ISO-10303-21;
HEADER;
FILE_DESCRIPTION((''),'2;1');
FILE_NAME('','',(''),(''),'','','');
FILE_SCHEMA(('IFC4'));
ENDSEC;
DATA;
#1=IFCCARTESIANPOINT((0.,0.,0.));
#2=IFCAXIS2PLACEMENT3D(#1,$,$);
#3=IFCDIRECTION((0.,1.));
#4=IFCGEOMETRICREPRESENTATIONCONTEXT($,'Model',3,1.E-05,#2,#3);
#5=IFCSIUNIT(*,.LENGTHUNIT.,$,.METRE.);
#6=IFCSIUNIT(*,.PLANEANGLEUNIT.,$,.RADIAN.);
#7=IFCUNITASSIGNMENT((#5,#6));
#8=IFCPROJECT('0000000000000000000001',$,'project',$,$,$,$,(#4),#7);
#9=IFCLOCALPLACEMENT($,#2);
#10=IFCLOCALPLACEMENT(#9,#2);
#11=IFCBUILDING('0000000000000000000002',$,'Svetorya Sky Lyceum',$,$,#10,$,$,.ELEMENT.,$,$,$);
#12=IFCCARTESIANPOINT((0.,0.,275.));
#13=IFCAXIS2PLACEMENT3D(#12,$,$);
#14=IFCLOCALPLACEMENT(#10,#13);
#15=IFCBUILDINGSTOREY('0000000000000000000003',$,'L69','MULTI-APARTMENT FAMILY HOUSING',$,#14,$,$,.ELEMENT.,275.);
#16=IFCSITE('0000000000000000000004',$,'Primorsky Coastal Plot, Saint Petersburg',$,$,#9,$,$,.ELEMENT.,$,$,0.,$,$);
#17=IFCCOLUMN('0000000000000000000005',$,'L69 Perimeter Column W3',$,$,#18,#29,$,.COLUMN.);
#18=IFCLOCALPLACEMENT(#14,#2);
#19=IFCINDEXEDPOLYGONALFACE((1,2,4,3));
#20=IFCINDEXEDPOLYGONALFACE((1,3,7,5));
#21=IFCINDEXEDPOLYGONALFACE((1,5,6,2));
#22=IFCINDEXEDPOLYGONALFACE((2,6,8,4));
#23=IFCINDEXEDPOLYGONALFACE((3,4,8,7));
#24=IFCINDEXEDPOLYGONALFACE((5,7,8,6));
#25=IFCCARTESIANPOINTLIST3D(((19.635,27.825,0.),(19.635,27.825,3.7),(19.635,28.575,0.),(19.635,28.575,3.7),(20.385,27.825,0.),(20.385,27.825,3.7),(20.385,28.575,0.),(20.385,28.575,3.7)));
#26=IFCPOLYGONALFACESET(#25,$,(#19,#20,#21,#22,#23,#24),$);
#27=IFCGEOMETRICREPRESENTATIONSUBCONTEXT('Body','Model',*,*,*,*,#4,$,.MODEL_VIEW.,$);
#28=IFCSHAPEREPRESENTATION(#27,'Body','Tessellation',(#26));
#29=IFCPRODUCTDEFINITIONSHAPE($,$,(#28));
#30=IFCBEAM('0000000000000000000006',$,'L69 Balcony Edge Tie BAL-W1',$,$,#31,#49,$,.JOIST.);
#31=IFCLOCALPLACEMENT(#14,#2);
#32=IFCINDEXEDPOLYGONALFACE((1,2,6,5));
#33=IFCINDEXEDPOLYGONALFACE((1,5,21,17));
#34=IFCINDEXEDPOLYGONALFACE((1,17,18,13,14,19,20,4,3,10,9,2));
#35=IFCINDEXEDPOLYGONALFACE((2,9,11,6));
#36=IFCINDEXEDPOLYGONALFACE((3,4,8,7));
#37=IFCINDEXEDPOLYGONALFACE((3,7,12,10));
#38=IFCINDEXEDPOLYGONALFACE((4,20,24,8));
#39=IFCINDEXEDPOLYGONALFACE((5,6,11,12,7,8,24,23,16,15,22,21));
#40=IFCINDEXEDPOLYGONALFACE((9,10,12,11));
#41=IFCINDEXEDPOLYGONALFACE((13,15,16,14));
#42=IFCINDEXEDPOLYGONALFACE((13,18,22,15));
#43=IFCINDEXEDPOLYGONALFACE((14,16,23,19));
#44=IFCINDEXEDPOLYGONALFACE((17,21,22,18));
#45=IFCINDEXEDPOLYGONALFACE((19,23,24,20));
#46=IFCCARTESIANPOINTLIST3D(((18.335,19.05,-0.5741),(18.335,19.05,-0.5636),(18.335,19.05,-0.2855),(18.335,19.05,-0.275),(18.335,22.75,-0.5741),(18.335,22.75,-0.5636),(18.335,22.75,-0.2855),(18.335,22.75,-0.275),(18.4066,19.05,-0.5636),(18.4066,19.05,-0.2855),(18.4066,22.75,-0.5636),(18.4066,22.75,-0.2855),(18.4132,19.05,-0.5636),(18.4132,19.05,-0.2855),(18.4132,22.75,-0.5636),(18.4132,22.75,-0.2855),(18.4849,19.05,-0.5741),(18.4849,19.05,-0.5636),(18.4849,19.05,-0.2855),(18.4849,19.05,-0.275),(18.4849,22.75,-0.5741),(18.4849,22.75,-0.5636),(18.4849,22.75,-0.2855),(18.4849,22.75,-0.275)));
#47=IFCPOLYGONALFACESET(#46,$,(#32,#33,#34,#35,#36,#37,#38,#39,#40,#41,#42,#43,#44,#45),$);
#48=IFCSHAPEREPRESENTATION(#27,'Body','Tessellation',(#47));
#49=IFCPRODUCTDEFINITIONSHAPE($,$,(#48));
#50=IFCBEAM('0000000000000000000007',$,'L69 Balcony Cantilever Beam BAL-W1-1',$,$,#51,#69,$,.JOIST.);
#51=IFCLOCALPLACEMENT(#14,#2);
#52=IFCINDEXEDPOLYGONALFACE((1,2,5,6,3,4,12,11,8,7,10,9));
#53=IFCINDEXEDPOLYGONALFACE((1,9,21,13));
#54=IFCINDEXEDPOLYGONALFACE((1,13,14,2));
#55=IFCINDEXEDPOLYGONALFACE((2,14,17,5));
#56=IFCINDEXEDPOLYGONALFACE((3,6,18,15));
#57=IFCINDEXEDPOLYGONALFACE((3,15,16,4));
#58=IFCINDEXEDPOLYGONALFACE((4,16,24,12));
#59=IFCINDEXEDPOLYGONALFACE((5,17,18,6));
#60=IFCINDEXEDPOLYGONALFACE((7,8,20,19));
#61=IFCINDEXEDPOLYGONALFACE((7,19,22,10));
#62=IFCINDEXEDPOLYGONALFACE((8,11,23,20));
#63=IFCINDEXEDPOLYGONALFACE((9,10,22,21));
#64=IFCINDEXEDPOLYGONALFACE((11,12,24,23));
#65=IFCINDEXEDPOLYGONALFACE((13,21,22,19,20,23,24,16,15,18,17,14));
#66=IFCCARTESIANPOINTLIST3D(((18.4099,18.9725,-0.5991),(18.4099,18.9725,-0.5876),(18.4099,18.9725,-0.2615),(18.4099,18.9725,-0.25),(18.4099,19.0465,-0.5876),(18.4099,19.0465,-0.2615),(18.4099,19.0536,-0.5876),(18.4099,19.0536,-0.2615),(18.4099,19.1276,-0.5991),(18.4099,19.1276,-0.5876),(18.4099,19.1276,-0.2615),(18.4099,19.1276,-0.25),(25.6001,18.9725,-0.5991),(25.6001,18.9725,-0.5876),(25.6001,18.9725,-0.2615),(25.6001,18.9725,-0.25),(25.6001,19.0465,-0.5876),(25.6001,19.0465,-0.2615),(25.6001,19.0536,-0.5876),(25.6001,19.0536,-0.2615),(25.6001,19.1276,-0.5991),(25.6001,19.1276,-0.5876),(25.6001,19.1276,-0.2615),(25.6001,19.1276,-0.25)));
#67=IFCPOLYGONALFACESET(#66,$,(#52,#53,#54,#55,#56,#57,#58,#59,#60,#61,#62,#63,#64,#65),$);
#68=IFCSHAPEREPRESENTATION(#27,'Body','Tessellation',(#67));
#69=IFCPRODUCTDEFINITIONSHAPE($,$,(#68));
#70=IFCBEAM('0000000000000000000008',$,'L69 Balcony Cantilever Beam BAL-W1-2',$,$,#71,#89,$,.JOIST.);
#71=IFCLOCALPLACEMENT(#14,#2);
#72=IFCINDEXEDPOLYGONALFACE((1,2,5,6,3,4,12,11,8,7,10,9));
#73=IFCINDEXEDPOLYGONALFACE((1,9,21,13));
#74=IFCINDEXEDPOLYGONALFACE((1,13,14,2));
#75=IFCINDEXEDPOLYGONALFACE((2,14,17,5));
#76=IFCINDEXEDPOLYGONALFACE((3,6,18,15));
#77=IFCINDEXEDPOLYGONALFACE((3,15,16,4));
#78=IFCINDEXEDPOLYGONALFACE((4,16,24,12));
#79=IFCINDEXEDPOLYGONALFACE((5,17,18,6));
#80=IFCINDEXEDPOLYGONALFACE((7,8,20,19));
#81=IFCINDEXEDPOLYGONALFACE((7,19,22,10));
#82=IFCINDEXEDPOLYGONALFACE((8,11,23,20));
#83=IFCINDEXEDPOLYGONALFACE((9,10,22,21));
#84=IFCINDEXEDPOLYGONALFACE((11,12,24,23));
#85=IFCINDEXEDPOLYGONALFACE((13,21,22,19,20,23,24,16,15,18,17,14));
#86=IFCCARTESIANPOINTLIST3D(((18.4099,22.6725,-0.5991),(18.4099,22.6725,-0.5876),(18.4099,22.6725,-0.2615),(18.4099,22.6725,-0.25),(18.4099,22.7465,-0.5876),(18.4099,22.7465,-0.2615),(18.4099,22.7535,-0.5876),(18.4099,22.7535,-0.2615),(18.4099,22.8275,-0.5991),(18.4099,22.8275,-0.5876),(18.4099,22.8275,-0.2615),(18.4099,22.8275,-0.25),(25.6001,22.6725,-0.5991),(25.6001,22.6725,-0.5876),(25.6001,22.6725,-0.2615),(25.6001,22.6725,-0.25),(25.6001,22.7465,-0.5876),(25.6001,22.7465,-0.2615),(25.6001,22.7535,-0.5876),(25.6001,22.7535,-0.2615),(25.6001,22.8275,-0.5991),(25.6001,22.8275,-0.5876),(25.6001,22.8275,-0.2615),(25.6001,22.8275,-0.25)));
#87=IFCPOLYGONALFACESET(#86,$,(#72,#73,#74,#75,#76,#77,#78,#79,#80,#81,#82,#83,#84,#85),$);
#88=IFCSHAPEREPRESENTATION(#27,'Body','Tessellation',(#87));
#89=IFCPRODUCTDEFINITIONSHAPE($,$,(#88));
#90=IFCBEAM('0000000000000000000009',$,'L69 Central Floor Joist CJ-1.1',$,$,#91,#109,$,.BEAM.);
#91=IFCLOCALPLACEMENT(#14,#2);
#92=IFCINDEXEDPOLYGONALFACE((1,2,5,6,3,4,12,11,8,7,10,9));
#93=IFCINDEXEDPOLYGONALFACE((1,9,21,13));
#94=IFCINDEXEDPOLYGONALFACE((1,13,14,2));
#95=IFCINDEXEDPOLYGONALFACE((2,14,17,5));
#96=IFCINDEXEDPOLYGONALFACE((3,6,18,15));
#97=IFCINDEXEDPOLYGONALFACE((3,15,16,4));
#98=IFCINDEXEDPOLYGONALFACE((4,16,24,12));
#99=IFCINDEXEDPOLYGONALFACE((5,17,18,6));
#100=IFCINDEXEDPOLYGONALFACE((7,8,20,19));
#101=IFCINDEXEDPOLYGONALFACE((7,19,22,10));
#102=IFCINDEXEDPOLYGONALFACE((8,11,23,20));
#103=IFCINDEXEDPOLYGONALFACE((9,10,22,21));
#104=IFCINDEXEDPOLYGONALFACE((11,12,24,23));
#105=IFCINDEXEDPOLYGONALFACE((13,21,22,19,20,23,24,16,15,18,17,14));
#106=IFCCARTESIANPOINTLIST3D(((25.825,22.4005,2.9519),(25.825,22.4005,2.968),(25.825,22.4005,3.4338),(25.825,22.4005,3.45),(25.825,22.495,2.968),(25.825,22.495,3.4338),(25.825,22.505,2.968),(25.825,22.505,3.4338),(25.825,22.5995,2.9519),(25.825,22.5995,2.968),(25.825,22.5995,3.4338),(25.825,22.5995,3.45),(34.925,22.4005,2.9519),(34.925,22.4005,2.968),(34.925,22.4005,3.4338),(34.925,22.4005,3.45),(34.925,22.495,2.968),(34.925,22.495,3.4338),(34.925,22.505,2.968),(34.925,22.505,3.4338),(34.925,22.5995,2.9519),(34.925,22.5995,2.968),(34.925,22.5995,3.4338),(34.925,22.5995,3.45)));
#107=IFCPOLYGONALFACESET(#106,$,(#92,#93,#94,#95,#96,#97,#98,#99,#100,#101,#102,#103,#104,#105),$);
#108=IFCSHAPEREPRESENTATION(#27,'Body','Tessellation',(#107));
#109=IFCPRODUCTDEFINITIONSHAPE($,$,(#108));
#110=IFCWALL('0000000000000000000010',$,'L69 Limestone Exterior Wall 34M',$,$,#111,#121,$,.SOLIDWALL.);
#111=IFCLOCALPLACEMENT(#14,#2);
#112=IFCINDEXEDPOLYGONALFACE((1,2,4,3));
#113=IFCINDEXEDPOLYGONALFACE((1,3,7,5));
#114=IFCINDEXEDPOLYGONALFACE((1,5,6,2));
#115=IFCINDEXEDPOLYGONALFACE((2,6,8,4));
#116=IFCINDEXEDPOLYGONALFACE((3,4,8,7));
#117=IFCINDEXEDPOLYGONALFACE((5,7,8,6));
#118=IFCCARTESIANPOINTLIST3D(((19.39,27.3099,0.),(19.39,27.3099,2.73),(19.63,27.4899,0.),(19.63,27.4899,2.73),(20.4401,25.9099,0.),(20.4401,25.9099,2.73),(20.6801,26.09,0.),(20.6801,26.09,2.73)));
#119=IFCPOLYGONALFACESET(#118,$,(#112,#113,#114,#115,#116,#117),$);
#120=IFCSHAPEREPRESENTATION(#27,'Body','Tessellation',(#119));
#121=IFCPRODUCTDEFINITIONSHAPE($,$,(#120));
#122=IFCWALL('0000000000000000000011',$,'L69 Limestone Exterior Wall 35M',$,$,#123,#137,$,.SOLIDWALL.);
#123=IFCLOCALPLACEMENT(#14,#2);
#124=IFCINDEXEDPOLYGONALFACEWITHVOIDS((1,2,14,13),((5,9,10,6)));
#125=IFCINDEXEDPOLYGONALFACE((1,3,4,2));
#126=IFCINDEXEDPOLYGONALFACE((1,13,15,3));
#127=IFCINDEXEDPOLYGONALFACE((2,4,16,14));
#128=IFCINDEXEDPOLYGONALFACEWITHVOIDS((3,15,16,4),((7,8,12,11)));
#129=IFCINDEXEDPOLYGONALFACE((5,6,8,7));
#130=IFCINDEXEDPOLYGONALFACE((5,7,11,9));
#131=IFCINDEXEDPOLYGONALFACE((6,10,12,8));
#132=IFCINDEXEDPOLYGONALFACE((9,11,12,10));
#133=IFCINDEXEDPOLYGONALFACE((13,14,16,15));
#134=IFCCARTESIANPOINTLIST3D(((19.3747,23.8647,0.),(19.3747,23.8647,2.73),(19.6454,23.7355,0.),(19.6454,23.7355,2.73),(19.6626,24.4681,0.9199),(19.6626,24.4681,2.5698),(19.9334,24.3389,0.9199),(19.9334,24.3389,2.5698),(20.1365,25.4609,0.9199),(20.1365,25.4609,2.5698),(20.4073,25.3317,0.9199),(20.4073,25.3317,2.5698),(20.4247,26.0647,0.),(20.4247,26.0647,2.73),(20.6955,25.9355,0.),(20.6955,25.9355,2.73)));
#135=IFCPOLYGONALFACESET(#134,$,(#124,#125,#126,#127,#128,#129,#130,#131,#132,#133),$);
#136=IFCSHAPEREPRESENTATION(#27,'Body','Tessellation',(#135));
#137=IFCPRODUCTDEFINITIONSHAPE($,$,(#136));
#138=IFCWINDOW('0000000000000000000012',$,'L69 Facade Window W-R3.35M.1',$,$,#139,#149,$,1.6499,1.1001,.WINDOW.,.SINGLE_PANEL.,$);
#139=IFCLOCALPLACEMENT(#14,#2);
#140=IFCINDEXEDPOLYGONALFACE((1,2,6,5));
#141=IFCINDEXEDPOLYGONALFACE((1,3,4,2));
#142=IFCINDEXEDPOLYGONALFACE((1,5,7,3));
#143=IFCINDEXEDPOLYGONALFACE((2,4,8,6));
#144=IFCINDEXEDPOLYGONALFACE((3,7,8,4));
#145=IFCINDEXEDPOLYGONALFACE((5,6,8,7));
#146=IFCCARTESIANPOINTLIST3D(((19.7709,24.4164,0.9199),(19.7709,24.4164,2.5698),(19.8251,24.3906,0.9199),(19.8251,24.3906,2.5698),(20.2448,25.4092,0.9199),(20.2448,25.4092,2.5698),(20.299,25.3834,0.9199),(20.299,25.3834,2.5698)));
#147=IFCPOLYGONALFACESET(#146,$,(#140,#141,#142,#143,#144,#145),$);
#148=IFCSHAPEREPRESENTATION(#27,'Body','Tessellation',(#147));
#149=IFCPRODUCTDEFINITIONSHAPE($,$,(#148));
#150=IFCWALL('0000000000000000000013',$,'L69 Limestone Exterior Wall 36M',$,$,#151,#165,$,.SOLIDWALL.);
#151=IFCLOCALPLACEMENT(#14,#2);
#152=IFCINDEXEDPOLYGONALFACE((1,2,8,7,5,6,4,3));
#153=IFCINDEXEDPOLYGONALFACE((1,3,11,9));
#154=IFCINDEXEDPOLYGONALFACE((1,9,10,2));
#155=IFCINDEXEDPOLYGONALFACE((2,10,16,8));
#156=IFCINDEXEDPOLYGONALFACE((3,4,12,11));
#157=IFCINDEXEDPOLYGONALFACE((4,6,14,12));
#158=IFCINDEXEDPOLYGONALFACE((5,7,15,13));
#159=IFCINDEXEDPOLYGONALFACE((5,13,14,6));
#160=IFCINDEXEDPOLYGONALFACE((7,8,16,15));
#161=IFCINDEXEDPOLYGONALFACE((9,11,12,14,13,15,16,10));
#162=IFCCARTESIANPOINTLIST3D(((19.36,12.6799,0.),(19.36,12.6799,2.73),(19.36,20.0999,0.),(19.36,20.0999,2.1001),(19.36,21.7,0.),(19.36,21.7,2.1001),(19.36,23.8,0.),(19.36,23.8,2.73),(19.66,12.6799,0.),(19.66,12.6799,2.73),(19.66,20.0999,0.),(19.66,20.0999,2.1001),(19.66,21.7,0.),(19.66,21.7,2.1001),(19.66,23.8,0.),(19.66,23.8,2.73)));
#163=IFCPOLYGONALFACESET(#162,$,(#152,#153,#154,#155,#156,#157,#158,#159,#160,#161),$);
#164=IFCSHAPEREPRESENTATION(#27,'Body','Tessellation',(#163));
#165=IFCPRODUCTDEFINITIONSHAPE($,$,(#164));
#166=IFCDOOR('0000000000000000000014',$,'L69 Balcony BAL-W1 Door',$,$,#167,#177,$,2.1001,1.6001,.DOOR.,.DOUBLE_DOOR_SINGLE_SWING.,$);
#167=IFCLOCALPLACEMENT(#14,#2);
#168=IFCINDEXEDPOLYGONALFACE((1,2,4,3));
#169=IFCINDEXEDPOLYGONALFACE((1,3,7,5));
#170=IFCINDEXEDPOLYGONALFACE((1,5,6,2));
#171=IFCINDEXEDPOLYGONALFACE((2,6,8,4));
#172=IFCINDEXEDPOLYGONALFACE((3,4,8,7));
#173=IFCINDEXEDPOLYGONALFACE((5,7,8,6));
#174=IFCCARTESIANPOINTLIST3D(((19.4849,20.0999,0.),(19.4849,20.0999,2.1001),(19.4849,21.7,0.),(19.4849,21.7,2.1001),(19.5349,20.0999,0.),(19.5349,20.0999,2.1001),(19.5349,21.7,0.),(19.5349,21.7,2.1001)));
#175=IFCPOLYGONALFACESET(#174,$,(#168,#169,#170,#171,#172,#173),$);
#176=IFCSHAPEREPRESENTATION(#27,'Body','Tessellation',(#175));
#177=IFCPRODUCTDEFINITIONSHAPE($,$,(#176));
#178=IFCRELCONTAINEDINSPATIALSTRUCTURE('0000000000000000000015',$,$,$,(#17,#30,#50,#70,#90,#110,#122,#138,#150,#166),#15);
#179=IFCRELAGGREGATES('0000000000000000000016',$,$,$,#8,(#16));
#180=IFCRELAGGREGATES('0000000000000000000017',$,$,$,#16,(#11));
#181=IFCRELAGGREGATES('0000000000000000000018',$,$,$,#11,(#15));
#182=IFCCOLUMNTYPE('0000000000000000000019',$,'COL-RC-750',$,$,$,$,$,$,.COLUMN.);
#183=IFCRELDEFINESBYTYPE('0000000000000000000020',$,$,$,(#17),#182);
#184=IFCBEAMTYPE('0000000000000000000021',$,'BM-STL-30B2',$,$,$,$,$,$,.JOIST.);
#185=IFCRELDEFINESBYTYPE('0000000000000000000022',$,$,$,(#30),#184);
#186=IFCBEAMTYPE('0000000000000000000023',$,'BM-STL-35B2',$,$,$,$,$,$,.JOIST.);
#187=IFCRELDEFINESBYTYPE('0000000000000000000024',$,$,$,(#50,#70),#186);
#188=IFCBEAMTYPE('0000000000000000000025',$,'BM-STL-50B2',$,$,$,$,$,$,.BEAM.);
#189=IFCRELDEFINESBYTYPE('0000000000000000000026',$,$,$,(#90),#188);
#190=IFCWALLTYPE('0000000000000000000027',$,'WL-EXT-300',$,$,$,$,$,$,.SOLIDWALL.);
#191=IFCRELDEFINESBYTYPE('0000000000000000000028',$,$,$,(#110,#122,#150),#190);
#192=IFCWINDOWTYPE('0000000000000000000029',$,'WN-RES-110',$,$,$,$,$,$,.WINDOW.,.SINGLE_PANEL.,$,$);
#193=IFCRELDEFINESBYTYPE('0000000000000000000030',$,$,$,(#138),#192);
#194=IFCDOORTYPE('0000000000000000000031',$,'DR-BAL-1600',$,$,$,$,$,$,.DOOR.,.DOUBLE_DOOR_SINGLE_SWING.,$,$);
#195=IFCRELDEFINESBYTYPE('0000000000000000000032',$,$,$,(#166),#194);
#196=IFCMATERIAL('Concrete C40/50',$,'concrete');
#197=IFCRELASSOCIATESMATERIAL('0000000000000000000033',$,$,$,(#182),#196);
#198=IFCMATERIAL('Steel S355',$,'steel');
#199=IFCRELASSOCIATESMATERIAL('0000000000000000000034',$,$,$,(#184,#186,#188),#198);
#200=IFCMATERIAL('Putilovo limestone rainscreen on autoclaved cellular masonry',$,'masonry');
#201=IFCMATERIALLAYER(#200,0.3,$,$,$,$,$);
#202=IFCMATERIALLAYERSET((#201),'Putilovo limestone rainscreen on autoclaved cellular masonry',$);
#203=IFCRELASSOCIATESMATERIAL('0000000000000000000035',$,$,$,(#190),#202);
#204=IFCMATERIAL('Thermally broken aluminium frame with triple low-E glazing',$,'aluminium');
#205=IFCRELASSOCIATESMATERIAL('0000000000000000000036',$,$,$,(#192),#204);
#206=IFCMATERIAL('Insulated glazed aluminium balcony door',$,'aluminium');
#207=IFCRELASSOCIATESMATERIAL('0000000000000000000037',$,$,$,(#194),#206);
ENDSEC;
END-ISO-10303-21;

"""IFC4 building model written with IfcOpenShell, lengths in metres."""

from ifc_helpers import new_model, si_unit, direction, frame, frame_2d, origin, origin_2d, place, context, subcontext, project, spatial, rectangle, i_section, extrude, material, layer, layer_set, material_profile, profile_set, type_object, element, fill, save


model = new_model("IFC4")

# Units and contexts
model_context = context("Model", 3, precision=1e-05, world=origin(), true_north=direction((0.0, 1.0)))
body_context = subcontext(model_context, "Body", "Model", "MODEL_VIEW")
ifc_project = project(units=[si_unit("LENGTHUNIT", "METRE"), si_unit("PLANEANGLEUNIT", "RADIAN")], contexts=[model_context])

# Site, building, storey
site_placement = place(None, origin())
site = spatial("IfcSite", under=ifc_project, at=site_placement, Name="Primorsky Coastal Plot, Saint Petersburg", CompositionType="ELEMENT", RefElevation=0.0)
building_placement = place(site_placement, origin())
building = spatial("IfcBuilding", under=site, at=building_placement, Name="Svetorya Sky Lyceum", CompositionType="ELEMENT")
storey_placement = place(building_placement, frame((0.0, 0.0, 275.0)))
storey = spatial("IfcBuildingStorey", under=building, at=storey_placement, Name="L69", Description="MULTI-APARTMENT FAMILY HOUSING", CompositionType="ELEMENT", Elevation=275.0)

# Column
ifc_material_1 = material(Name="Concrete C40/50", Category="concrete")
ifc_material_profile_1 = material_profile(ifc_material_1, rectangle(XDim=0.75, YDim=0.75, at=origin_2d()), Name="RC COL 750x750")
ifc_profile_set_1 = profile_set([ifc_material_profile_1], Name="Concrete C40/50")
column_type = type_object("IfcColumnType", Name="COL-RC-750", PredefinedType="COLUMN", material=ifc_profile_set_1)
column_placement = place(storey_placement, frame((20.01, 28.2, 0.0), z_axis=(0.0, 0.0, 1.0), x_axis=(1.0, 0.0, 0.0)))
element("IfcColumn", 1, at=column_placement, inside=storey, type_object=column_type, Name="L69 Perimeter Column W3", PredefinedType="COLUMN", context=body_context, shape_type="SweptSolid", body=[
    extrude(rectangle(XDim=0.75, YDim=0.75, at=origin_2d()), origin(), (0.0, 0.0, 1.0), 3.7),
])

# Beams
ifc_material_2 = material(Name="Steel S355", Category="steel")
ifc_material_profile_2 = material_profile(ifc_material_2, i_section(OverallWidth=0.1499, OverallDepth=0.2991, WebThickness=0.0066, FlangeThickness=0.0105, at=origin_2d()), Name="GOST 30B2")
ifc_profile_set_2 = profile_set([ifc_material_profile_2], Name="Steel S355")
beam_type_1 = type_object("IfcBeamType", Name="BM-STL-30B2", PredefinedType="JOIST", material=ifc_profile_set_2)
beam_1_placement = place(storey_placement, frame((18.4099, 19.05, -0.4246), z_axis=(0.0, 1.0, 0.0), x_axis=(-1.0, 0.0, 0.0)))
element("IfcBeam", 2, at=beam_1_placement, inside=storey, type_object=beam_type_1, Name="L69 Balcony Edge Tie BAL-W1", PredefinedType="JOIST", context=body_context, shape_type="SweptSolid", body=[
    extrude(i_section(OverallWidth=0.1499, OverallDepth=0.2991, WebThickness=0.0066, FlangeThickness=0.0105, at=origin_2d()), origin(), (0.0, 0.0, 1.0), 3.7),
])
ifc_material_profile_3 = material_profile(ifc_material_2, i_section(OverallWidth=0.155, OverallDepth=0.3491, WebThickness=0.0071, FlangeThickness=0.0115, at=origin_2d()), Name="GOST 35B2")
ifc_profile_set_3 = profile_set([ifc_material_profile_3], Name="Steel S355")
beam_type_2 = type_object("IfcBeamType", Name="BM-STL-35B2", PredefinedType="JOIST", material=ifc_profile_set_3)
for number, where, z_axis, x_axis, name in (
    (3, (25.6001, 19.05, -0.4246), (-1.0, 0.0, 0.0), (0.0, -1.0, 0.0), "L69 Balcony Cantilever Beam BAL-W1-1"),
    (4, (25.6001, 22.75, -0.4246), (-1.0, 0.0, 0.0), (0.0, -1.0, 0.0), "L69 Balcony Cantilever Beam BAL-W1-2"),
):
    element("IfcBeam", number, at=place(storey_placement, frame(where, z_axis=z_axis, x_axis=x_axis)), inside=storey, type_object=beam_type_2, Name=name, PredefinedType="JOIST", context=body_context, shape_type="SweptSolid", body=[
        extrude(i_section(OverallWidth=0.155, OverallDepth=0.3491, WebThickness=0.0071, FlangeThickness=0.0115, at=origin_2d()), origin(), (0.0, 0.0, 1.0), 7.1902),
    ])
ifc_material_profile_4 = material_profile(ifc_material_2, i_section(OverallWidth=0.199, OverallDepth=0.498, WebThickness=0.01, FlangeThickness=0.0161, at=origin_2d()), Name="GOST 50B2")
ifc_profile_set_4 = profile_set([ifc_material_profile_4], Name="Steel S355")
beam_type_3 = type_object("IfcBeamType", Name="BM-STL-50B2", PredefinedType="BEAM", material=ifc_profile_set_4)
beam_2_placement = place(storey_placement, frame((25.825, 22.5, 3.2009), z_axis=(1.0, 0.0, 0.0), x_axis=(0.0, 1.0, 0.0)))
element("IfcBeam", 5, at=beam_2_placement, inside=storey, type_object=beam_type_3, Name="L69 Central Floor Joist CJ-1.1", PredefinedType="BEAM", context=body_context, shape_type="SweptSolid", body=[
    extrude(i_section(OverallWidth=0.199, OverallDepth=0.498, WebThickness=0.01, FlangeThickness=0.0161, at=origin_2d()), origin(), (0.0, 0.0, 1.0), 9.1001),
])

# Wall
ifc_material_3 = material(Name="Putilovo limestone rainscreen on autoclaved cellular masonry", Category="masonry")
ifc_layer_1 = layer(ifc_material_3, 0.3)
ifc_layer_set_1 = layer_set([ifc_layer_1], Name="Putilovo limestone rainscreen on autoclaved cellular masonry")
wall_type_1 = type_object("IfcWallType", Name="WL-EXT-300", PredefinedType="SOLIDWALL", material=ifc_layer_set_1)
wall_1_placement = place(storey_placement, frame((19.51, 27.3999, 0.0), z_axis=(0.0, 0.0, 1.0), x_axis=(0.600045, -0.799967, 0.0)))
element("IfcWall", 6, at=wall_1_placement, inside=storey, type_object=wall_type_1, Name="L69 Limestone Exterior Wall 34M", PredefinedType="SOLIDWALL", context=body_context, shape_type="SweptSolid", body=[
    extrude(rectangle(XDim=1.75, YDim=0.3, at=frame_2d((0.875, 0.0))), origin(), (0.0, 0.0, 1.0), 2.73),
])

# Wall, opening, window
wall_2_placement = place(storey_placement, frame((20.5601, 26.0, 0.0), z_axis=(0.0, 0.0, 1.0), x_axis=(-0.430754, -0.90247, 0.0)))
wall_2 = element("IfcWall", 7, at=wall_2_placement, inside=storey, type_object=wall_type_1, Name="L69 Limestone Exterior Wall 35M", PredefinedType="SOLIDWALL", context=body_context, shape_type="SweptSolid", body=[
    extrude(rectangle(XDim=2.4377, YDim=0.3, at=frame_2d((1.2188, 0.0))), origin(), (0.0, 0.0, 1.0), 2.73),
])
opening_1_placement = place(wall_2_placement, frame((0.6689, 0.0, 0.9199)))
opening_1 = element("IfcOpeningElement", 8, at=opening_1_placement, cuts=wall_2, PredefinedType="OPENING", context=body_context, shape_type="SweptSolid", body=[
    extrude(rectangle(XDim=1.1001, YDim=1.6499, at=frame_2d((0.55, 0.825))), frame((0.0, 0.1599, 0.0), z_axis=(0.0, -1.0, 0.0), x_axis=(1.0, 0.0, 0.0)), (0.0, 0.0, 1.0), 0.3201),
])
ifc_material_4 = material(Name="Thermally broken aluminium frame with triple low-E glazing", Category="aluminium")
window_type = type_object("IfcWindowType", Name="WN-RES-110", PartitioningType="SINGLE_PANEL", PredefinedType="WINDOW", material=ifc_material_4)
window_placement = place(opening_1_placement, origin())
window = element("IfcWindow", 9, at=window_placement, inside=storey, type_object=window_type, Name="L69 Facade Window W-R3.35M.1", OverallHeight=1.6499, OverallWidth=1.1001, PartitioningType="SINGLE_PANEL", PredefinedType="WINDOW", context=body_context, shape_type="SweptSolid", body=[
    extrude(rectangle(XDim=1.1001, YDim=1.6499, at=frame_2d((0.55, 0.825))), frame((0.0, 0.03, 0.0), z_axis=(0.0, -1.0, 0.0), x_axis=(1.0, 0.0, 0.0)), (0.0, 0.0, 1.0), 0.0601),
])
fill(opening_1, window)

# Wall, opening, door
wall_3_placement = place(storey_placement, frame((19.51, 23.8, 0.0), z_axis=(0.0, 0.0, 1.0), x_axis=(0.0, -1.0, 0.0)))
wall_3 = element("IfcWall", 10, at=wall_3_placement, inside=storey, type_object=wall_type_1, Name="L69 Limestone Exterior Wall 36M", PredefinedType="SOLIDWALL", context=body_context, shape_type="SweptSolid", body=[
    extrude(rectangle(XDim=11.1201, YDim=0.3, at=frame_2d((5.5601, 0.0))), origin(), (0.0, 0.0, 1.0), 2.73),
])
opening_2_placement = place(wall_3_placement, frame((2.1001, 0.0, 0.0)))
opening_2 = element("IfcOpeningElement", 11, at=opening_2_placement, cuts=wall_3, PredefinedType="OPENING", context=body_context, shape_type="SweptSolid", body=[
    extrude(rectangle(XDim=1.6001, YDim=2.1001, at=frame_2d((0.8, 1.05))), frame((0.0, 0.1599, 0.0), z_axis=(0.0, -1.0, 0.0), x_axis=(1.0, 0.0, 0.0)), (0.0, 0.0, 1.0), 0.3201),
])
ifc_material_5 = material(Name="Insulated glazed aluminium balcony door", Category="aluminium")
door_type_1 = type_object("IfcDoorType", Name="DR-BAL-1600", OperationType="DOUBLE_DOOR_SINGLE_SWING", PredefinedType="DOOR", material=ifc_material_5)
door_1_placement = place(opening_2_placement, origin())
door_1 = element("IfcDoor", 12, at=door_1_placement, inside=storey, type_object=door_type_1, Name="L69 Balcony BAL-W1 Door", OperationType="DOUBLE_DOOR_SINGLE_SWING", OverallHeight=2.1001, OverallWidth=1.6001, PredefinedType="DOOR", context=body_context, shape_type="SweptSolid", body=[
    extrude(rectangle(XDim=1.6001, YDim=2.1001, at=frame_2d((0.8, 1.05))), frame((0.0, 0.0249, 0.0), z_axis=(0.0, -1.0, 0.0), x_axis=(1.0, 0.0, 0.0)), (0.0, 0.0, 1.0), 0.05),
])
fill(opening_2, door_1)

save(model, "model.ifc")
